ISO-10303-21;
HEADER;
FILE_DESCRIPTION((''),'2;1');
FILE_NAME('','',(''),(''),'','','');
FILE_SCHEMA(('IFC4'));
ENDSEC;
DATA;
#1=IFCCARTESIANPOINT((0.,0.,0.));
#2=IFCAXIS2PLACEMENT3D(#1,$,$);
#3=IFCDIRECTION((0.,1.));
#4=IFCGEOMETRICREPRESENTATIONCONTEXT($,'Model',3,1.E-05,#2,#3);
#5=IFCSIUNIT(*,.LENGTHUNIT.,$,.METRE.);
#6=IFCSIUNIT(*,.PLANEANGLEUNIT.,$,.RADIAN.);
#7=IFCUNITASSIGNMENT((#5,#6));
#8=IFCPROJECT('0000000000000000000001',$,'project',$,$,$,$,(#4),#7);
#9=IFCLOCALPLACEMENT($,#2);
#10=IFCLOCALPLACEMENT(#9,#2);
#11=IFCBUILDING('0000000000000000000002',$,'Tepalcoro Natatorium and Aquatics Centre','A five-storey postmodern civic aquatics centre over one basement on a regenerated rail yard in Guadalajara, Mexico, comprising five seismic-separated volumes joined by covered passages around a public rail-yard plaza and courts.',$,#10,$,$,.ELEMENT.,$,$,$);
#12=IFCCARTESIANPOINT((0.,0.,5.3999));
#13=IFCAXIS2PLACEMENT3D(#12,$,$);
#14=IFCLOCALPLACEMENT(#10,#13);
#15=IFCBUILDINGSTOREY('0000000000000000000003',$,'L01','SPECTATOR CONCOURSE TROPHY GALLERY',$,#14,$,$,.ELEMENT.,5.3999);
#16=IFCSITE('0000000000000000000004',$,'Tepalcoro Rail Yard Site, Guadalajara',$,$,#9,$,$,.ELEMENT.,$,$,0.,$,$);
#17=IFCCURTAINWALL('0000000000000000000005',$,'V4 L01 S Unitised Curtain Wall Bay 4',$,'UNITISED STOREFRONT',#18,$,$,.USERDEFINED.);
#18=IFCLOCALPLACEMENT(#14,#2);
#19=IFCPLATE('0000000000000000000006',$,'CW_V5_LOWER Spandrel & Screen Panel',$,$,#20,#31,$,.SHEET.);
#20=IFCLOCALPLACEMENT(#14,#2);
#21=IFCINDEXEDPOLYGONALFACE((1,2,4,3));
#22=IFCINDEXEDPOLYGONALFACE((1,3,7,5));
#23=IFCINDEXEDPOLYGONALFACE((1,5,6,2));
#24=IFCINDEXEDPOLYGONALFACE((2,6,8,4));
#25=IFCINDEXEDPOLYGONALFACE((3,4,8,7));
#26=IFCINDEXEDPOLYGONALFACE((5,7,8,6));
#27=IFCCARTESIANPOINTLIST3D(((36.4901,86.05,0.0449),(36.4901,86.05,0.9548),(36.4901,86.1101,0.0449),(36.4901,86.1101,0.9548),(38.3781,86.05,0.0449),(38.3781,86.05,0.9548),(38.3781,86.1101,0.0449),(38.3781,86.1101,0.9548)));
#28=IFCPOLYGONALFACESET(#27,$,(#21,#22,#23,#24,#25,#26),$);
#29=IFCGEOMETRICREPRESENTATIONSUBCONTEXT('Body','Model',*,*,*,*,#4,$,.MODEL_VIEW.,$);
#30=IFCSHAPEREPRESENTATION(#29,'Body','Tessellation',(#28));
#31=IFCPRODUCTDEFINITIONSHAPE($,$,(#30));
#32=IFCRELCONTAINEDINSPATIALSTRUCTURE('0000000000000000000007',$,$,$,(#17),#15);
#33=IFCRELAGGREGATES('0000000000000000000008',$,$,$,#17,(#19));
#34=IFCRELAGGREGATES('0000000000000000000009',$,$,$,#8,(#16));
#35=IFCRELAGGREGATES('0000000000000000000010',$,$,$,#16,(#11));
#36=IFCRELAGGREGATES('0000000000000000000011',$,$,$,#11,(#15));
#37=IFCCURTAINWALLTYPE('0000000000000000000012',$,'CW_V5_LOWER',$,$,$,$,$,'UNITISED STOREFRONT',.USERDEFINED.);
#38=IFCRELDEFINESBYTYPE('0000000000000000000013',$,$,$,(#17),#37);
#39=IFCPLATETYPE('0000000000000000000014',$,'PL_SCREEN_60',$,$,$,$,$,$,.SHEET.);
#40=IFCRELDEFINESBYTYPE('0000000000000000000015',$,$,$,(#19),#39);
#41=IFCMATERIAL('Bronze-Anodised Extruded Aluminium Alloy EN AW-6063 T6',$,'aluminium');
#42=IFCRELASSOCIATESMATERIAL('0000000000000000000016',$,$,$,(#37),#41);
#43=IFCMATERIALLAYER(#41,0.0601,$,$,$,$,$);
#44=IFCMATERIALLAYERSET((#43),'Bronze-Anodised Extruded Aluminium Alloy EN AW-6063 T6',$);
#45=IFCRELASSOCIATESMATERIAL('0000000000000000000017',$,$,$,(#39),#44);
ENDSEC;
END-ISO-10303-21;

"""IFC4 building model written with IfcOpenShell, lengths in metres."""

from ifc_helpers import new_model, si_unit, direction, frame, origin, origin_2d, place, context, subcontext, project, spatial, rectangle, extrude, material, layer, layer_set, type_object, element, aggregate, save


model = new_model("IFC4")

# Units and contexts
model_context = context("Model", 3, precision=1e-05, world=origin(), true_north=direction((0.0, 1.0)))
body_context = subcontext(model_context, "Body", "Model", "MODEL_VIEW")
ifc_project = project(units=[si_unit("LENGTHUNIT", "METRE"), si_unit("PLANEANGLEUNIT", "RADIAN")], contexts=[model_context])

# Site, building, storey
site_placement = place(None, origin())
site = spatial("IfcSite", under=ifc_project, at=site_placement, Name="Tepalcoro Rail Yard Site, Guadalajara", CompositionType="ELEMENT", RefElevation=0.0)
building_placement = place(site_placement, origin())
building = spatial("IfcBuilding", under=site, at=building_placement, Name="Tepalcoro Natatorium and Aquatics Centre", Description="A five-storey postmodern civic aquatics centre over one basement on a regenerated rail yard in Guadalajara, Mexico, comprising five seismic-separated volumes joined by covered passages around a public rail-yard plaza and courts.", CompositionType="ELEMENT")
storey_placement = place(building_placement, frame((0.0, 0.0, 5.3999)))
storey = spatial("IfcBuildingStorey", under=building, at=storey_placement, Name="L01", Description="SPECTATOR CONCOURSE TROPHY GALLERY", CompositionType="ELEMENT", Elevation=5.3999)

# Curtain wall
ifc_material_1 = material(Name="Bronze-Anodised Extruded Aluminium Alloy EN AW-6063 T6", Category="aluminium")
curtain_wall_type_1 = type_object("IfcCurtainWallType", Name="CW_V5_LOWER", ElementType="UNITISED STOREFRONT", PredefinedType="USERDEFINED", material=ifc_material_1)
curtain_wall_1_placement = place(storey_placement, origin())
curtain_wall_1 = element("IfcCurtainWall", 1, at=curtain_wall_1_placement, inside=storey, type_object=curtain_wall_type_1, Name="V4 L01 S Unitised Curtain Wall Bay 4", ObjectType="UNITISED STOREFRONT", PredefinedType="USERDEFINED")

# Plate
ifc_layer_1 = layer(ifc_material_1, 0.0601)
ifc_layer_set_1 = layer_set([ifc_layer_1], Name="Bronze-Anodised Extruded Aluminium Alloy EN AW-6063 T6")
plate_type_1 = type_object("IfcPlateType", Name="PL_SCREEN_60", PredefinedType="SHEET", material=ifc_layer_set_1)
plate_1_placement = place(storey_placement, frame((37.4341, 86.0801, 0.0449), z_axis=(0.0, 0.0, 1.0), x_axis=(1.0, 0.0, 0.0)))
plate_1 = element("IfcPlate", 2, at=plate_1_placement, type_object=plate_type_1, Name="CW_V5_LOWER Spandrel & Screen Panel", PredefinedType="SHEET", context=body_context, shape_type="SweptSolid", body=[
    extrude(rectangle(XDim=1.8879, YDim=0.0601, at=origin_2d()), origin(), (0.0, 0.0, 1.0), 0.9099),
])
aggregate(curtain_wall_1, [plate_1])

save(model, "model.ifc")
